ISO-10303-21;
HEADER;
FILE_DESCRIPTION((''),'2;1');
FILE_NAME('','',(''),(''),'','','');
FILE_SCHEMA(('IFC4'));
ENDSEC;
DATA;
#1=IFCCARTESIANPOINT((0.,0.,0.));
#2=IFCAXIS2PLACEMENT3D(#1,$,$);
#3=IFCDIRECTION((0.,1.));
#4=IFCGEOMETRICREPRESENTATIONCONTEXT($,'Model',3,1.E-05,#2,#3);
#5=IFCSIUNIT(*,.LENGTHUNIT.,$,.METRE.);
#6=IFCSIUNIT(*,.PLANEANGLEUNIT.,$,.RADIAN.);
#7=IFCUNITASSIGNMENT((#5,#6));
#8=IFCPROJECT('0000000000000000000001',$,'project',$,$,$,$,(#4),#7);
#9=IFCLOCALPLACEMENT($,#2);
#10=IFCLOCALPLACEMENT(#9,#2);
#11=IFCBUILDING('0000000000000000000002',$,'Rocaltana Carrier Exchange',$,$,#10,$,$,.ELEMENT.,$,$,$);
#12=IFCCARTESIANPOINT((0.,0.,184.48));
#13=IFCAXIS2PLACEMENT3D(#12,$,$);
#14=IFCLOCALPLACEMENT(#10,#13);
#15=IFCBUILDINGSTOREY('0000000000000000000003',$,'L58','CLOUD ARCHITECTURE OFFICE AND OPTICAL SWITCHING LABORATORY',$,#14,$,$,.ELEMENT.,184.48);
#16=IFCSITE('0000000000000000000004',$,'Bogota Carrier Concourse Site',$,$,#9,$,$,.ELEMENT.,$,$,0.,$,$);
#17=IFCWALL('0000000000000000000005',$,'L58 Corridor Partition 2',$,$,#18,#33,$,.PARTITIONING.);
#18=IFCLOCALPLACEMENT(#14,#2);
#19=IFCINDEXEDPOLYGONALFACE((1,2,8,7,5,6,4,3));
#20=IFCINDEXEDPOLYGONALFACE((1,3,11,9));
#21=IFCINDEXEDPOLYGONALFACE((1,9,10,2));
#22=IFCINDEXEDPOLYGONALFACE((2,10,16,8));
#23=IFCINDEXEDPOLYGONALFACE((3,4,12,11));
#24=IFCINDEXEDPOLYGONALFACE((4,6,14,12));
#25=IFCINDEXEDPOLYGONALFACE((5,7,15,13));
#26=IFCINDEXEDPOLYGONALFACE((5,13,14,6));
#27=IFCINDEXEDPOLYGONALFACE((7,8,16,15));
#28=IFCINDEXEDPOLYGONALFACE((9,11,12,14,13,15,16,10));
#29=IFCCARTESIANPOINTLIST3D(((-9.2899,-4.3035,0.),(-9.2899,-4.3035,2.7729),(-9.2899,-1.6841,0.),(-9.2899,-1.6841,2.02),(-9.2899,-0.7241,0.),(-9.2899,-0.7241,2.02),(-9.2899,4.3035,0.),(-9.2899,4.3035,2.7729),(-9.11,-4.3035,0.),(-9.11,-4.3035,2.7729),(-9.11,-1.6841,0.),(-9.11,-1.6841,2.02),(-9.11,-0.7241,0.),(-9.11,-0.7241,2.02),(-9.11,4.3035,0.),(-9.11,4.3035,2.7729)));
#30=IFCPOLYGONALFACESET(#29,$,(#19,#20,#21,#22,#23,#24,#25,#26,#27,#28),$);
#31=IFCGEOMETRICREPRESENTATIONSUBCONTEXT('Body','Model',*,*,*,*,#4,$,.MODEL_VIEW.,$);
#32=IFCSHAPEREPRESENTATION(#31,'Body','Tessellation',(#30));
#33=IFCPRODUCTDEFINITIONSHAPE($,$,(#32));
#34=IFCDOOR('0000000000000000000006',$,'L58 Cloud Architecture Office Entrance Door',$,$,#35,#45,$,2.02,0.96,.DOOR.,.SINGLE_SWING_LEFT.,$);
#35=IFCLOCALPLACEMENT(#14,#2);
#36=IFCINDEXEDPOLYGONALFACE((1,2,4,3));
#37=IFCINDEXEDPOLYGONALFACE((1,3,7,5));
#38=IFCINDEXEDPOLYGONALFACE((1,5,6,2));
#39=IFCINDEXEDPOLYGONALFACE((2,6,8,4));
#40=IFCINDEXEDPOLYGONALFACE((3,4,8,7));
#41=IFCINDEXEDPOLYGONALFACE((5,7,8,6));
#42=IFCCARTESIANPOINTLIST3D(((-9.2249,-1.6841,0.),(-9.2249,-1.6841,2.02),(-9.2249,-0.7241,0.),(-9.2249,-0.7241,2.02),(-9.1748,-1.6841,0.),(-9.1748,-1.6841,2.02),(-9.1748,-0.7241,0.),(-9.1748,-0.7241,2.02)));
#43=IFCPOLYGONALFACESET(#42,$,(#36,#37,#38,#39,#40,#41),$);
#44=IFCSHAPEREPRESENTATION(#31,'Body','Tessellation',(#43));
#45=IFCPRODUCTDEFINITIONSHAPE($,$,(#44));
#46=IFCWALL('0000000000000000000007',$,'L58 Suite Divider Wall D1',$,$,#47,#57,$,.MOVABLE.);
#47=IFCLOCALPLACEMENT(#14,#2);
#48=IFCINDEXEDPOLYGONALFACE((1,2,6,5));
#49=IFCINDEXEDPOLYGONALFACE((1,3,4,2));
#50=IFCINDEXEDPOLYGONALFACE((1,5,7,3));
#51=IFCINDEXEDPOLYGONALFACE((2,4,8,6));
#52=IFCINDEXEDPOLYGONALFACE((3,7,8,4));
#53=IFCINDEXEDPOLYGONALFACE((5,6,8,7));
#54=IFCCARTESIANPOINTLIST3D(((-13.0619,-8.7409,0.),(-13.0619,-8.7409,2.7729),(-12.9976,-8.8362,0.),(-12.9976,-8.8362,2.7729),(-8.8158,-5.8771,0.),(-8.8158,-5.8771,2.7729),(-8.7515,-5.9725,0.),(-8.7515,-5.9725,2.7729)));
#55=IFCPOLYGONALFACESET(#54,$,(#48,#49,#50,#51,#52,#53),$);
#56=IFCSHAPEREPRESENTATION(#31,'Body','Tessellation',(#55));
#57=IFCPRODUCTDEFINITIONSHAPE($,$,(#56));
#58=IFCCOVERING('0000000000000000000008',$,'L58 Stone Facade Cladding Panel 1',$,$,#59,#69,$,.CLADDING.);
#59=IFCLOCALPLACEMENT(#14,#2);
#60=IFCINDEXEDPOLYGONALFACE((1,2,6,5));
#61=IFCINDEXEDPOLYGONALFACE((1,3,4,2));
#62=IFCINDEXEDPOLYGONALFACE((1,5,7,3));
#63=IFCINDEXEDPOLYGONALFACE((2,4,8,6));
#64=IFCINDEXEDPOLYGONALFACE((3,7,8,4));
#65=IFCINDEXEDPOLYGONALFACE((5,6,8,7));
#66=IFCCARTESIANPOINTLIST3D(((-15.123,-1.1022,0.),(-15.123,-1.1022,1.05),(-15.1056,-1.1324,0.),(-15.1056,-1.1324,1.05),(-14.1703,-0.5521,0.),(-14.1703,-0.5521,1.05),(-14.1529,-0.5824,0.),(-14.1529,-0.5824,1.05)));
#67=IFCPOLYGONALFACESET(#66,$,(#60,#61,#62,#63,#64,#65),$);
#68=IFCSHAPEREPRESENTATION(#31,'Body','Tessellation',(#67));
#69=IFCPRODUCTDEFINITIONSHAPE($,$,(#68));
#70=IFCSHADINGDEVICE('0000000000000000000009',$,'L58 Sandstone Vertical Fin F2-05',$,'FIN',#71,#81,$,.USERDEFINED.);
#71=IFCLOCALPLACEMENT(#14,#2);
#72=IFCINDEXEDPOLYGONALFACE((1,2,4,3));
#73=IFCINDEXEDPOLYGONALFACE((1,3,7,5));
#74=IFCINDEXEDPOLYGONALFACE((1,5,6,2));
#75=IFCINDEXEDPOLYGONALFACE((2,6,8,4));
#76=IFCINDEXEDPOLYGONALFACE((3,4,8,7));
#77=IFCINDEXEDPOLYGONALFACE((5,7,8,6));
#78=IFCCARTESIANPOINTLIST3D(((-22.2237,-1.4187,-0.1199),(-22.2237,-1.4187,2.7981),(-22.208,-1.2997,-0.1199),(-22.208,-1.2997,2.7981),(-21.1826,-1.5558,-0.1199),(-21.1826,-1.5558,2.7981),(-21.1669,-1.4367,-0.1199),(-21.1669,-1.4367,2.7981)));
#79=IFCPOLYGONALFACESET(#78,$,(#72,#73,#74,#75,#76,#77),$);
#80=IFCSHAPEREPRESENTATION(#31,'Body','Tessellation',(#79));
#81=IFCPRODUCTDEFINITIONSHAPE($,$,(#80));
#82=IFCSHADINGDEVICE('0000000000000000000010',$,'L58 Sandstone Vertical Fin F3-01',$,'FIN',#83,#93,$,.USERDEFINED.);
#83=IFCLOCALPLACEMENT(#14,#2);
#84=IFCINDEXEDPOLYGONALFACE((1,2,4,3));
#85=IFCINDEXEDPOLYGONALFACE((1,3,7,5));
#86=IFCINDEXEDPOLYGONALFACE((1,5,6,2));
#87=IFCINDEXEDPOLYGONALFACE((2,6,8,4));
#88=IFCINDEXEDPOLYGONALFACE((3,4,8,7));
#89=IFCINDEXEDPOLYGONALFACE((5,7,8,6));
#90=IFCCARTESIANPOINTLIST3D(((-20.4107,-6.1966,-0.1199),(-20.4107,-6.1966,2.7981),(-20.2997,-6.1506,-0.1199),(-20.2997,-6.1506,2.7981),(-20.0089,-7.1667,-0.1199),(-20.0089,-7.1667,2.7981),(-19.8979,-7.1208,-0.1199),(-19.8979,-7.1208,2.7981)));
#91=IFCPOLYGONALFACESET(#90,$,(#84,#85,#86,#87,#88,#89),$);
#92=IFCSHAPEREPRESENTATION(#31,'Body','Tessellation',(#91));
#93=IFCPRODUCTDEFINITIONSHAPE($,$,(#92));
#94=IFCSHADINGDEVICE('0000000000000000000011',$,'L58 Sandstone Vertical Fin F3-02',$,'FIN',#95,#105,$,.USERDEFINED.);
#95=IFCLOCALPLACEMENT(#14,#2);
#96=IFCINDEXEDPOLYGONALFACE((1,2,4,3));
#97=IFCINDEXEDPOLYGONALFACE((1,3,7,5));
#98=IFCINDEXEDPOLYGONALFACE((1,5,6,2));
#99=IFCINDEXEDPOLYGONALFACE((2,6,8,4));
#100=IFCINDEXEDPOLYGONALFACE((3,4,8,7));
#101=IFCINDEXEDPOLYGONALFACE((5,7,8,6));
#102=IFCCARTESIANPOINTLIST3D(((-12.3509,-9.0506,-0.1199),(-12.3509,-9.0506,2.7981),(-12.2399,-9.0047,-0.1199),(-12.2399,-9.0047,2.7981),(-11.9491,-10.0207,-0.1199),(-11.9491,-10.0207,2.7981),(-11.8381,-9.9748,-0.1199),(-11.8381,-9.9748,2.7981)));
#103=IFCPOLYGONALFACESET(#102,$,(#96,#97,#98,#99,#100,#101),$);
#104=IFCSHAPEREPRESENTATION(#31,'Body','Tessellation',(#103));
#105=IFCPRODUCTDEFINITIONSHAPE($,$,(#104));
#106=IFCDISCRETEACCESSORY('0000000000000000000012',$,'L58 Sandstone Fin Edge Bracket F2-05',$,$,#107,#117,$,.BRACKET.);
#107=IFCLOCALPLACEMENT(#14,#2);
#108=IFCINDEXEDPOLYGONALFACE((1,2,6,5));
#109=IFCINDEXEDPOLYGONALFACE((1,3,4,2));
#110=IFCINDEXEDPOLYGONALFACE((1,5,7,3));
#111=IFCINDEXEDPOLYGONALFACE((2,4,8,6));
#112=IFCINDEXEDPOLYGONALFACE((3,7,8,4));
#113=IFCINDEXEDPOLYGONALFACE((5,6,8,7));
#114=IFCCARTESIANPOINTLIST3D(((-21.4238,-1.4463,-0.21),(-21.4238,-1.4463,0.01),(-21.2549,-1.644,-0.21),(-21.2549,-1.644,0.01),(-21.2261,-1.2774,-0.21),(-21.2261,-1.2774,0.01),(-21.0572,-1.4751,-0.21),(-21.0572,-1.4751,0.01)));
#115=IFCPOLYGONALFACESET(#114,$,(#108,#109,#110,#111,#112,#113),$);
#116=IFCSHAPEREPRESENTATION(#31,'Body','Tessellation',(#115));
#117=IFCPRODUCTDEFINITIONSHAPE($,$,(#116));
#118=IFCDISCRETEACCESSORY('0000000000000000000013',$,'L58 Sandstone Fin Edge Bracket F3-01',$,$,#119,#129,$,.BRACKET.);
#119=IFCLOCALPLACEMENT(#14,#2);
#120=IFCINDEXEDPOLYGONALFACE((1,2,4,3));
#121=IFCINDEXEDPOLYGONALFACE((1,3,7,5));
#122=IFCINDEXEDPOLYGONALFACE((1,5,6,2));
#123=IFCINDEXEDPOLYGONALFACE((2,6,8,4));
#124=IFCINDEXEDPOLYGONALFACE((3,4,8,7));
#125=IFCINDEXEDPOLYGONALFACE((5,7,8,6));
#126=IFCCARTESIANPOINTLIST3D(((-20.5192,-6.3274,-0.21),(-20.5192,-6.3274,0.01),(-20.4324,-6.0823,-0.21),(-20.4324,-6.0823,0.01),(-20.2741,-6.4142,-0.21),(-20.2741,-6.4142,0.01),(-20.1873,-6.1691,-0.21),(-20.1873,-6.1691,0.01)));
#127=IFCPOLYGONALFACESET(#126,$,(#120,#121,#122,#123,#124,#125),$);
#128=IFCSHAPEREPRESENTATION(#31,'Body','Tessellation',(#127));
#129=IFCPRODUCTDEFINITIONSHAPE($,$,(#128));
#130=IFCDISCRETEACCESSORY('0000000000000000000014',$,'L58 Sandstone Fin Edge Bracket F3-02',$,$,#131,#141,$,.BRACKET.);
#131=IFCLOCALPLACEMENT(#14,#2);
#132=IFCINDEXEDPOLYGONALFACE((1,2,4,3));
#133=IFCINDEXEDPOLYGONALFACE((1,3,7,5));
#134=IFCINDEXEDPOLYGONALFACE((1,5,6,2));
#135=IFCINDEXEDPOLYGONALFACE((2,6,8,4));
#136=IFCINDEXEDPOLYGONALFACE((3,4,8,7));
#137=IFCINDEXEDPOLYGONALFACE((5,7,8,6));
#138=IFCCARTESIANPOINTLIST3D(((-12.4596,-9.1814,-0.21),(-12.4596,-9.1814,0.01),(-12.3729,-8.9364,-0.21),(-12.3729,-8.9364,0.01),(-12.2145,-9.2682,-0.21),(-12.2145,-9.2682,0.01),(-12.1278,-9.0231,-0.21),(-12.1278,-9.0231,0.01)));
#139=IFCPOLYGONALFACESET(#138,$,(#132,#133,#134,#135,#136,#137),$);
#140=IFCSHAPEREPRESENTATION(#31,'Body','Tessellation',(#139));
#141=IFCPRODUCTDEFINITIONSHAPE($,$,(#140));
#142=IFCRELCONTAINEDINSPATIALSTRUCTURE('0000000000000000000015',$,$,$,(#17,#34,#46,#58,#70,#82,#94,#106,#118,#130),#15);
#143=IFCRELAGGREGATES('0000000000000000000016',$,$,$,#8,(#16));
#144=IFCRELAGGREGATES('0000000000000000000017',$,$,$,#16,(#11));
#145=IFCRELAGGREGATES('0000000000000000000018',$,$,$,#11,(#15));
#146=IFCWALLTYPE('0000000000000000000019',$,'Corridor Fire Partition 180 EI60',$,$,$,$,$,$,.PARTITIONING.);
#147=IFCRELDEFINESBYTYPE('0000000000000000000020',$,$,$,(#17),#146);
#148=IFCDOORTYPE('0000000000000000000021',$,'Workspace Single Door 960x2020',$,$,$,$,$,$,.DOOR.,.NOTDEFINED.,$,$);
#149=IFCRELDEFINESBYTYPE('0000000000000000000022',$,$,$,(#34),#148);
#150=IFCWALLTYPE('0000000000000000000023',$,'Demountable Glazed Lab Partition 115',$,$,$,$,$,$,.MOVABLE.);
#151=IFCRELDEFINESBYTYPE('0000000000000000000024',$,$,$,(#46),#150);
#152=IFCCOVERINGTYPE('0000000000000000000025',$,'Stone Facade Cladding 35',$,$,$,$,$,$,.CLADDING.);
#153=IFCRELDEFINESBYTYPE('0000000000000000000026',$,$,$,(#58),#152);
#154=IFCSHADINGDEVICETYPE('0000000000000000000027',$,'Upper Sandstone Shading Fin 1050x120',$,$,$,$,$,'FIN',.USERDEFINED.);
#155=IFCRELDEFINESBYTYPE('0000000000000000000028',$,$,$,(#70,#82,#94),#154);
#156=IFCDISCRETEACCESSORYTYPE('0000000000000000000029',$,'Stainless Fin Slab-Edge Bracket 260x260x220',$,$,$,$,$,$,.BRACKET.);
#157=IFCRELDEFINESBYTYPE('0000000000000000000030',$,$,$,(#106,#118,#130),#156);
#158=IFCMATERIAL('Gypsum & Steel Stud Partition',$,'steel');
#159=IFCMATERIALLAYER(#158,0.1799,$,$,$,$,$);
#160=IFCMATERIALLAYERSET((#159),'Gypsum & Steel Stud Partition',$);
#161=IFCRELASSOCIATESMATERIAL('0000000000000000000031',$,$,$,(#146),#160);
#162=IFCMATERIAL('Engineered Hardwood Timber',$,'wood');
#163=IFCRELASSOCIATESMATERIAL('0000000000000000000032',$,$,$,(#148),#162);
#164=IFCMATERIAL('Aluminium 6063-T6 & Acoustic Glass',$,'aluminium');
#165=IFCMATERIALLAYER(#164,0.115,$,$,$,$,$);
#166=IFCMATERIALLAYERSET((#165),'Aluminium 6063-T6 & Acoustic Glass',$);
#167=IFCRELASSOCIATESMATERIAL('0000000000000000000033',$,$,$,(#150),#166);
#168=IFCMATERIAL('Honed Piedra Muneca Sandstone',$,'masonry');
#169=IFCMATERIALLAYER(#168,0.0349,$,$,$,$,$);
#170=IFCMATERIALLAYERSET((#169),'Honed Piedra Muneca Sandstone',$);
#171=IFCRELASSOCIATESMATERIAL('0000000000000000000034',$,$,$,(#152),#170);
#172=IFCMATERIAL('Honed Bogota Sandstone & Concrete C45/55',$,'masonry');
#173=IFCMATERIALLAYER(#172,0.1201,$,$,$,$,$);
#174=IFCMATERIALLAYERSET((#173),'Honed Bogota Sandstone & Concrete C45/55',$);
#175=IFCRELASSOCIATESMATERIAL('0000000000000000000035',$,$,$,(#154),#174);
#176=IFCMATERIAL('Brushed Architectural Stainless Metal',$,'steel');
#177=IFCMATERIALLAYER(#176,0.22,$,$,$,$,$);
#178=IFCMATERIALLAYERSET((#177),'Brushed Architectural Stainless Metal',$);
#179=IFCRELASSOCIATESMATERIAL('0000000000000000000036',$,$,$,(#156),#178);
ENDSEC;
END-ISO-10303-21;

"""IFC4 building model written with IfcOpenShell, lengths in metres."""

from ifc_helpers import new_model, si_unit, direction, frame, frame_2d, origin, origin_2d, place, context, subcontext, project, spatial, rectangle, extrude, material, layer, layer_set, type_object, element, fill, save


model = new_model("IFC4")

# Units and contexts
model_context = context("Model", 3, precision=1e-05, world=origin(), true_north=direction((0.0, 1.0)))
body_context = subcontext(model_context, "Body", "Model", "MODEL_VIEW")
ifc_project = project(units=[si_unit("LENGTHUNIT", "METRE"), si_unit("PLANEANGLEUNIT", "RADIAN")], contexts=[model_context])

# Site, building, storey
site_placement = place(None, origin())
site = spatial("IfcSite", under=ifc_project, at=site_placement, Name="Bogota Carrier Concourse Site", CompositionType="ELEMENT", RefElevation=0.0)
building_placement = place(site_placement, origin())
building = spatial("IfcBuilding", under=site, at=building_placement, Name="Rocaltana Carrier Exchange", CompositionType="ELEMENT")
storey_placement = place(building_placement, frame((0.0, 0.0, 184.48)))
storey = spatial("IfcBuildingStorey", under=building, at=storey_placement, Name="L58", Description="CLOUD ARCHITECTURE OFFICE AND OPTICAL SWITCHING LABORATORY", CompositionType="ELEMENT", Elevation=184.48)

# Wall, opening, door
ifc_material_1 = material(Name="Gypsum & Steel Stud Partition", Category="steel")
ifc_layer_1 = layer(ifc_material_1, 0.1799)
ifc_layer_set_1 = layer_set([ifc_layer_1], Name="Gypsum & Steel Stud Partition")
wall_type_1 = type_object("IfcWallType", Name="Corridor Fire Partition 180 EI60", PredefinedType="PARTITIONING", material=ifc_layer_set_1)
wall_1_placement = place(storey_placement, frame((-9.2, -4.3035, 0.0), z_axis=(0.0, 0.0, 1.0), x_axis=(0.0, 1.0, 0.0)))
wall_1 = element("IfcWall", 1, at=wall_1_placement, inside=storey, type_object=wall_type_1, Name="L58 Corridor Partition 2", PredefinedType="PARTITIONING", context=body_context, shape_type="SweptSolid", body=[
    extrude(rectangle(XDim=8.6069, YDim=0.1799, at=frame_2d((4.3035, 0.0))), origin(), (0.0, 0.0, 1.0), 2.7729),
])
opening_placement = place(wall_1_placement, frame((2.6194, 0.0, 0.0)))
opening = element("IfcOpeningElement", 2, at=opening_placement, cuts=wall_1, PredefinedType="OPENING", context=body_context, shape_type="SweptSolid", body=[
    extrude(rectangle(XDim=0.96, YDim=2.02, at=frame_2d((0.48, 1.01))), frame((0.0, 0.0999, 0.0), z_axis=(0.0, -1.0, 0.0), x_axis=(1.0, 0.0, 0.0)), (0.0, 0.0, 1.0), 0.2),
])
ifc_material_2 = material(Name="Engineered Hardwood Timber", Category="wood")
door_type = type_object("IfcDoorType", Name="Workspace Single Door 960x2020", OperationType="NOTDEFINED", PredefinedType="DOOR", material=ifc_material_2)
door_placement = place(opening_placement, origin())
door = element("IfcDoor", 3, at=door_placement, inside=storey, type_object=door_type, Name="L58 Cloud Architecture Office Entrance Door", OperationType="SINGLE_SWING_LEFT", OverallHeight=2.02, OverallWidth=0.96, PredefinedType="DOOR", context=body_context, shape_type="SweptSolid", body=[
    extrude(rectangle(XDim=0.96, YDim=2.02, at=frame_2d((0.48, 1.01))), frame((0.0, 0.0249, 0.0), z_axis=(0.0, -1.0, 0.0), x_axis=(1.0, 0.0, 0.0)), (0.0, 0.0, 1.0), 0.05),
])
fill(opening, door)

# Wall
ifc_material_3 = material(Name="Aluminium 6063-T6 & Acoustic Glass", Category="aluminium")
ifc_layer_2 = layer(ifc_material_3, 0.115)
ifc_layer_set_2 = layer_set([ifc_layer_2], Name="Aluminium 6063-T6 & Acoustic Glass")
wall_type_2 = type_object("IfcWallType", Name="Demountable Glazed Lab Partition 115", PredefinedType="MOVABLE", material=ifc_layer_set_2)
wall_2_placement = place(storey_placement, frame((-8.7837, -5.9248, 0.0), z_axis=(0.0, 0.0, 1.0), x_axis=(-0.829061, -0.559158, 0.0)))
element("IfcWall", 4, at=wall_2_placement, inside=storey, type_object=wall_type_2, Name="L58 Suite Divider Wall D1", PredefinedType="MOVABLE", context=body_context, shape_type="SweptSolid", body=[
    extrude(rectangle(XDim=5.1216, YDim=0.115, at=frame_2d((2.5608, 0.0))), origin(), (0.0, 0.0, 1.0), 2.7729),
])

# Covering
ifc_material_4 = material(Name="Honed Piedra Muneca Sandstone", Category="masonry")
ifc_layer_3 = layer(ifc_material_4, 0.0349)
ifc_layer_set_3 = layer_set([ifc_layer_3], Name="Honed Piedra Muneca Sandstone")
covering_type = type_object("IfcCoveringType", Name="Stone Facade Cladding 35", PredefinedType="CLADDING", material=ifc_layer_set_3)
covering_placement = place(storey_placement, frame((-14.6379, -0.8423, 0.0), z_axis=(0.0, 0.0, 1.0), x_axis=(0.866025, 0.5, 0.0)))
element("IfcCovering", 5, at=covering_placement, inside=storey, type_object=covering_type, Name="L58 Stone Facade Cladding Panel 1", PredefinedType="CLADDING", context=body_context, shape_type="SweptSolid", body=[
    extrude(rectangle(XDim=1.1001, YDim=0.0349, at=origin_2d()), origin(), (0.0, 0.0, 1.0), 1.05),
])

# Shading devices
ifc_material_5 = material(Name="Honed Bogota Sandstone & Concrete C45/55", Category="masonry")
ifc_layer_4 = layer(ifc_material_5, 0.1201)
ifc_layer_set_4 = layer_set([ifc_layer_4], Name="Honed Bogota Sandstone & Concrete C45/55")
shading_device_type = type_object("IfcShadingDeviceType", Name="Upper Sandstone Shading Fin 1050x120", ElementType="FIN", PredefinedType="USERDEFINED", material=ifc_layer_set_4)
for number, where, z_axis, x_axis, name in (
    (6, (-21.6953, -1.4277, -0.1199), (0.0, 0.0, 1.0), (-0.991445, 0.130526, 0.0), "L58 Sandstone Vertical Fin F2-05"),
    (7, (-20.1543, -6.6587, -0.1199), (0.0, 0.0, 1.0), (0.382683, -0.92388, 0.0), "L58 Sandstone Vertical Fin F3-01"),
    (8, (-12.0945, -9.5127, -0.1199), (0.0, 0.0, 1.0), (0.382683, -0.92388, 0.0), "L58 Sandstone Vertical Fin F3-02"),
):
    element("IfcShadingDevice", number, at=place(storey_placement, frame(where, z_axis=z_axis, x_axis=x_axis)), inside=storey, type_object=shading_device_type, Name=name, ObjectType="FIN", PredefinedType="USERDEFINED", context=body_context, shape_type="SweptSolid", body=[
        extrude(rectangle(XDim=1.05, YDim=0.1201, at=origin_2d()), origin(), (0.0, 0.0, 1.0), 2.918),
    ])

# Discrete accessories
ifc_material_6 = material(Name="Brushed Architectural Stainless Metal", Category="steel")
ifc_layer_5 = layer(ifc_material_6, 0.22)
ifc_layer_set_5 = layer_set([ifc_layer_5], Name="Brushed Architectural Stainless Metal")
discrete_accessory_type = type_object("IfcDiscreteAccessoryType", Name="Stainless Fin Slab-Edge Bracket 260x260x220", PredefinedType="BRACKET", material=ifc_layer_set_5)
for number, where, z_axis, x_axis, name in (
    (9, (-21.2405, -1.4607, -0.21), (0.0, 0.0, 1.0), (-0.760406, -0.649448, 0.0), "L58 Sandstone Fin Edge Bracket F2-05"),
    (10, (-20.3533, -6.2483, -0.21), (0.0, 0.0, 1.0), (0.942641, -0.333807, 0.0), "L58 Sandstone Fin Edge Bracket F3-01"),
    (11, (-12.2937, -9.1023, -0.21), (0.0, 0.0, 1.0), (0.942641, -0.333807, 0.0), "L58 Sandstone Fin Edge Bracket F3-02"),
):
    element("IfcDiscreteAccessory", number, at=place(storey_placement, frame(where, z_axis=z_axis, x_axis=x_axis)), inside=storey, type_object=discrete_accessory_type, Name=name, PredefinedType="BRACKET", context=body_context, shape_type="SweptSolid", body=[
        extrude(rectangle(XDim=0.26, YDim=0.26, at=origin_2d()), origin(), (0.0, 0.0, 1.0), 0.22),
    ])

save(model, "model.ifc")
